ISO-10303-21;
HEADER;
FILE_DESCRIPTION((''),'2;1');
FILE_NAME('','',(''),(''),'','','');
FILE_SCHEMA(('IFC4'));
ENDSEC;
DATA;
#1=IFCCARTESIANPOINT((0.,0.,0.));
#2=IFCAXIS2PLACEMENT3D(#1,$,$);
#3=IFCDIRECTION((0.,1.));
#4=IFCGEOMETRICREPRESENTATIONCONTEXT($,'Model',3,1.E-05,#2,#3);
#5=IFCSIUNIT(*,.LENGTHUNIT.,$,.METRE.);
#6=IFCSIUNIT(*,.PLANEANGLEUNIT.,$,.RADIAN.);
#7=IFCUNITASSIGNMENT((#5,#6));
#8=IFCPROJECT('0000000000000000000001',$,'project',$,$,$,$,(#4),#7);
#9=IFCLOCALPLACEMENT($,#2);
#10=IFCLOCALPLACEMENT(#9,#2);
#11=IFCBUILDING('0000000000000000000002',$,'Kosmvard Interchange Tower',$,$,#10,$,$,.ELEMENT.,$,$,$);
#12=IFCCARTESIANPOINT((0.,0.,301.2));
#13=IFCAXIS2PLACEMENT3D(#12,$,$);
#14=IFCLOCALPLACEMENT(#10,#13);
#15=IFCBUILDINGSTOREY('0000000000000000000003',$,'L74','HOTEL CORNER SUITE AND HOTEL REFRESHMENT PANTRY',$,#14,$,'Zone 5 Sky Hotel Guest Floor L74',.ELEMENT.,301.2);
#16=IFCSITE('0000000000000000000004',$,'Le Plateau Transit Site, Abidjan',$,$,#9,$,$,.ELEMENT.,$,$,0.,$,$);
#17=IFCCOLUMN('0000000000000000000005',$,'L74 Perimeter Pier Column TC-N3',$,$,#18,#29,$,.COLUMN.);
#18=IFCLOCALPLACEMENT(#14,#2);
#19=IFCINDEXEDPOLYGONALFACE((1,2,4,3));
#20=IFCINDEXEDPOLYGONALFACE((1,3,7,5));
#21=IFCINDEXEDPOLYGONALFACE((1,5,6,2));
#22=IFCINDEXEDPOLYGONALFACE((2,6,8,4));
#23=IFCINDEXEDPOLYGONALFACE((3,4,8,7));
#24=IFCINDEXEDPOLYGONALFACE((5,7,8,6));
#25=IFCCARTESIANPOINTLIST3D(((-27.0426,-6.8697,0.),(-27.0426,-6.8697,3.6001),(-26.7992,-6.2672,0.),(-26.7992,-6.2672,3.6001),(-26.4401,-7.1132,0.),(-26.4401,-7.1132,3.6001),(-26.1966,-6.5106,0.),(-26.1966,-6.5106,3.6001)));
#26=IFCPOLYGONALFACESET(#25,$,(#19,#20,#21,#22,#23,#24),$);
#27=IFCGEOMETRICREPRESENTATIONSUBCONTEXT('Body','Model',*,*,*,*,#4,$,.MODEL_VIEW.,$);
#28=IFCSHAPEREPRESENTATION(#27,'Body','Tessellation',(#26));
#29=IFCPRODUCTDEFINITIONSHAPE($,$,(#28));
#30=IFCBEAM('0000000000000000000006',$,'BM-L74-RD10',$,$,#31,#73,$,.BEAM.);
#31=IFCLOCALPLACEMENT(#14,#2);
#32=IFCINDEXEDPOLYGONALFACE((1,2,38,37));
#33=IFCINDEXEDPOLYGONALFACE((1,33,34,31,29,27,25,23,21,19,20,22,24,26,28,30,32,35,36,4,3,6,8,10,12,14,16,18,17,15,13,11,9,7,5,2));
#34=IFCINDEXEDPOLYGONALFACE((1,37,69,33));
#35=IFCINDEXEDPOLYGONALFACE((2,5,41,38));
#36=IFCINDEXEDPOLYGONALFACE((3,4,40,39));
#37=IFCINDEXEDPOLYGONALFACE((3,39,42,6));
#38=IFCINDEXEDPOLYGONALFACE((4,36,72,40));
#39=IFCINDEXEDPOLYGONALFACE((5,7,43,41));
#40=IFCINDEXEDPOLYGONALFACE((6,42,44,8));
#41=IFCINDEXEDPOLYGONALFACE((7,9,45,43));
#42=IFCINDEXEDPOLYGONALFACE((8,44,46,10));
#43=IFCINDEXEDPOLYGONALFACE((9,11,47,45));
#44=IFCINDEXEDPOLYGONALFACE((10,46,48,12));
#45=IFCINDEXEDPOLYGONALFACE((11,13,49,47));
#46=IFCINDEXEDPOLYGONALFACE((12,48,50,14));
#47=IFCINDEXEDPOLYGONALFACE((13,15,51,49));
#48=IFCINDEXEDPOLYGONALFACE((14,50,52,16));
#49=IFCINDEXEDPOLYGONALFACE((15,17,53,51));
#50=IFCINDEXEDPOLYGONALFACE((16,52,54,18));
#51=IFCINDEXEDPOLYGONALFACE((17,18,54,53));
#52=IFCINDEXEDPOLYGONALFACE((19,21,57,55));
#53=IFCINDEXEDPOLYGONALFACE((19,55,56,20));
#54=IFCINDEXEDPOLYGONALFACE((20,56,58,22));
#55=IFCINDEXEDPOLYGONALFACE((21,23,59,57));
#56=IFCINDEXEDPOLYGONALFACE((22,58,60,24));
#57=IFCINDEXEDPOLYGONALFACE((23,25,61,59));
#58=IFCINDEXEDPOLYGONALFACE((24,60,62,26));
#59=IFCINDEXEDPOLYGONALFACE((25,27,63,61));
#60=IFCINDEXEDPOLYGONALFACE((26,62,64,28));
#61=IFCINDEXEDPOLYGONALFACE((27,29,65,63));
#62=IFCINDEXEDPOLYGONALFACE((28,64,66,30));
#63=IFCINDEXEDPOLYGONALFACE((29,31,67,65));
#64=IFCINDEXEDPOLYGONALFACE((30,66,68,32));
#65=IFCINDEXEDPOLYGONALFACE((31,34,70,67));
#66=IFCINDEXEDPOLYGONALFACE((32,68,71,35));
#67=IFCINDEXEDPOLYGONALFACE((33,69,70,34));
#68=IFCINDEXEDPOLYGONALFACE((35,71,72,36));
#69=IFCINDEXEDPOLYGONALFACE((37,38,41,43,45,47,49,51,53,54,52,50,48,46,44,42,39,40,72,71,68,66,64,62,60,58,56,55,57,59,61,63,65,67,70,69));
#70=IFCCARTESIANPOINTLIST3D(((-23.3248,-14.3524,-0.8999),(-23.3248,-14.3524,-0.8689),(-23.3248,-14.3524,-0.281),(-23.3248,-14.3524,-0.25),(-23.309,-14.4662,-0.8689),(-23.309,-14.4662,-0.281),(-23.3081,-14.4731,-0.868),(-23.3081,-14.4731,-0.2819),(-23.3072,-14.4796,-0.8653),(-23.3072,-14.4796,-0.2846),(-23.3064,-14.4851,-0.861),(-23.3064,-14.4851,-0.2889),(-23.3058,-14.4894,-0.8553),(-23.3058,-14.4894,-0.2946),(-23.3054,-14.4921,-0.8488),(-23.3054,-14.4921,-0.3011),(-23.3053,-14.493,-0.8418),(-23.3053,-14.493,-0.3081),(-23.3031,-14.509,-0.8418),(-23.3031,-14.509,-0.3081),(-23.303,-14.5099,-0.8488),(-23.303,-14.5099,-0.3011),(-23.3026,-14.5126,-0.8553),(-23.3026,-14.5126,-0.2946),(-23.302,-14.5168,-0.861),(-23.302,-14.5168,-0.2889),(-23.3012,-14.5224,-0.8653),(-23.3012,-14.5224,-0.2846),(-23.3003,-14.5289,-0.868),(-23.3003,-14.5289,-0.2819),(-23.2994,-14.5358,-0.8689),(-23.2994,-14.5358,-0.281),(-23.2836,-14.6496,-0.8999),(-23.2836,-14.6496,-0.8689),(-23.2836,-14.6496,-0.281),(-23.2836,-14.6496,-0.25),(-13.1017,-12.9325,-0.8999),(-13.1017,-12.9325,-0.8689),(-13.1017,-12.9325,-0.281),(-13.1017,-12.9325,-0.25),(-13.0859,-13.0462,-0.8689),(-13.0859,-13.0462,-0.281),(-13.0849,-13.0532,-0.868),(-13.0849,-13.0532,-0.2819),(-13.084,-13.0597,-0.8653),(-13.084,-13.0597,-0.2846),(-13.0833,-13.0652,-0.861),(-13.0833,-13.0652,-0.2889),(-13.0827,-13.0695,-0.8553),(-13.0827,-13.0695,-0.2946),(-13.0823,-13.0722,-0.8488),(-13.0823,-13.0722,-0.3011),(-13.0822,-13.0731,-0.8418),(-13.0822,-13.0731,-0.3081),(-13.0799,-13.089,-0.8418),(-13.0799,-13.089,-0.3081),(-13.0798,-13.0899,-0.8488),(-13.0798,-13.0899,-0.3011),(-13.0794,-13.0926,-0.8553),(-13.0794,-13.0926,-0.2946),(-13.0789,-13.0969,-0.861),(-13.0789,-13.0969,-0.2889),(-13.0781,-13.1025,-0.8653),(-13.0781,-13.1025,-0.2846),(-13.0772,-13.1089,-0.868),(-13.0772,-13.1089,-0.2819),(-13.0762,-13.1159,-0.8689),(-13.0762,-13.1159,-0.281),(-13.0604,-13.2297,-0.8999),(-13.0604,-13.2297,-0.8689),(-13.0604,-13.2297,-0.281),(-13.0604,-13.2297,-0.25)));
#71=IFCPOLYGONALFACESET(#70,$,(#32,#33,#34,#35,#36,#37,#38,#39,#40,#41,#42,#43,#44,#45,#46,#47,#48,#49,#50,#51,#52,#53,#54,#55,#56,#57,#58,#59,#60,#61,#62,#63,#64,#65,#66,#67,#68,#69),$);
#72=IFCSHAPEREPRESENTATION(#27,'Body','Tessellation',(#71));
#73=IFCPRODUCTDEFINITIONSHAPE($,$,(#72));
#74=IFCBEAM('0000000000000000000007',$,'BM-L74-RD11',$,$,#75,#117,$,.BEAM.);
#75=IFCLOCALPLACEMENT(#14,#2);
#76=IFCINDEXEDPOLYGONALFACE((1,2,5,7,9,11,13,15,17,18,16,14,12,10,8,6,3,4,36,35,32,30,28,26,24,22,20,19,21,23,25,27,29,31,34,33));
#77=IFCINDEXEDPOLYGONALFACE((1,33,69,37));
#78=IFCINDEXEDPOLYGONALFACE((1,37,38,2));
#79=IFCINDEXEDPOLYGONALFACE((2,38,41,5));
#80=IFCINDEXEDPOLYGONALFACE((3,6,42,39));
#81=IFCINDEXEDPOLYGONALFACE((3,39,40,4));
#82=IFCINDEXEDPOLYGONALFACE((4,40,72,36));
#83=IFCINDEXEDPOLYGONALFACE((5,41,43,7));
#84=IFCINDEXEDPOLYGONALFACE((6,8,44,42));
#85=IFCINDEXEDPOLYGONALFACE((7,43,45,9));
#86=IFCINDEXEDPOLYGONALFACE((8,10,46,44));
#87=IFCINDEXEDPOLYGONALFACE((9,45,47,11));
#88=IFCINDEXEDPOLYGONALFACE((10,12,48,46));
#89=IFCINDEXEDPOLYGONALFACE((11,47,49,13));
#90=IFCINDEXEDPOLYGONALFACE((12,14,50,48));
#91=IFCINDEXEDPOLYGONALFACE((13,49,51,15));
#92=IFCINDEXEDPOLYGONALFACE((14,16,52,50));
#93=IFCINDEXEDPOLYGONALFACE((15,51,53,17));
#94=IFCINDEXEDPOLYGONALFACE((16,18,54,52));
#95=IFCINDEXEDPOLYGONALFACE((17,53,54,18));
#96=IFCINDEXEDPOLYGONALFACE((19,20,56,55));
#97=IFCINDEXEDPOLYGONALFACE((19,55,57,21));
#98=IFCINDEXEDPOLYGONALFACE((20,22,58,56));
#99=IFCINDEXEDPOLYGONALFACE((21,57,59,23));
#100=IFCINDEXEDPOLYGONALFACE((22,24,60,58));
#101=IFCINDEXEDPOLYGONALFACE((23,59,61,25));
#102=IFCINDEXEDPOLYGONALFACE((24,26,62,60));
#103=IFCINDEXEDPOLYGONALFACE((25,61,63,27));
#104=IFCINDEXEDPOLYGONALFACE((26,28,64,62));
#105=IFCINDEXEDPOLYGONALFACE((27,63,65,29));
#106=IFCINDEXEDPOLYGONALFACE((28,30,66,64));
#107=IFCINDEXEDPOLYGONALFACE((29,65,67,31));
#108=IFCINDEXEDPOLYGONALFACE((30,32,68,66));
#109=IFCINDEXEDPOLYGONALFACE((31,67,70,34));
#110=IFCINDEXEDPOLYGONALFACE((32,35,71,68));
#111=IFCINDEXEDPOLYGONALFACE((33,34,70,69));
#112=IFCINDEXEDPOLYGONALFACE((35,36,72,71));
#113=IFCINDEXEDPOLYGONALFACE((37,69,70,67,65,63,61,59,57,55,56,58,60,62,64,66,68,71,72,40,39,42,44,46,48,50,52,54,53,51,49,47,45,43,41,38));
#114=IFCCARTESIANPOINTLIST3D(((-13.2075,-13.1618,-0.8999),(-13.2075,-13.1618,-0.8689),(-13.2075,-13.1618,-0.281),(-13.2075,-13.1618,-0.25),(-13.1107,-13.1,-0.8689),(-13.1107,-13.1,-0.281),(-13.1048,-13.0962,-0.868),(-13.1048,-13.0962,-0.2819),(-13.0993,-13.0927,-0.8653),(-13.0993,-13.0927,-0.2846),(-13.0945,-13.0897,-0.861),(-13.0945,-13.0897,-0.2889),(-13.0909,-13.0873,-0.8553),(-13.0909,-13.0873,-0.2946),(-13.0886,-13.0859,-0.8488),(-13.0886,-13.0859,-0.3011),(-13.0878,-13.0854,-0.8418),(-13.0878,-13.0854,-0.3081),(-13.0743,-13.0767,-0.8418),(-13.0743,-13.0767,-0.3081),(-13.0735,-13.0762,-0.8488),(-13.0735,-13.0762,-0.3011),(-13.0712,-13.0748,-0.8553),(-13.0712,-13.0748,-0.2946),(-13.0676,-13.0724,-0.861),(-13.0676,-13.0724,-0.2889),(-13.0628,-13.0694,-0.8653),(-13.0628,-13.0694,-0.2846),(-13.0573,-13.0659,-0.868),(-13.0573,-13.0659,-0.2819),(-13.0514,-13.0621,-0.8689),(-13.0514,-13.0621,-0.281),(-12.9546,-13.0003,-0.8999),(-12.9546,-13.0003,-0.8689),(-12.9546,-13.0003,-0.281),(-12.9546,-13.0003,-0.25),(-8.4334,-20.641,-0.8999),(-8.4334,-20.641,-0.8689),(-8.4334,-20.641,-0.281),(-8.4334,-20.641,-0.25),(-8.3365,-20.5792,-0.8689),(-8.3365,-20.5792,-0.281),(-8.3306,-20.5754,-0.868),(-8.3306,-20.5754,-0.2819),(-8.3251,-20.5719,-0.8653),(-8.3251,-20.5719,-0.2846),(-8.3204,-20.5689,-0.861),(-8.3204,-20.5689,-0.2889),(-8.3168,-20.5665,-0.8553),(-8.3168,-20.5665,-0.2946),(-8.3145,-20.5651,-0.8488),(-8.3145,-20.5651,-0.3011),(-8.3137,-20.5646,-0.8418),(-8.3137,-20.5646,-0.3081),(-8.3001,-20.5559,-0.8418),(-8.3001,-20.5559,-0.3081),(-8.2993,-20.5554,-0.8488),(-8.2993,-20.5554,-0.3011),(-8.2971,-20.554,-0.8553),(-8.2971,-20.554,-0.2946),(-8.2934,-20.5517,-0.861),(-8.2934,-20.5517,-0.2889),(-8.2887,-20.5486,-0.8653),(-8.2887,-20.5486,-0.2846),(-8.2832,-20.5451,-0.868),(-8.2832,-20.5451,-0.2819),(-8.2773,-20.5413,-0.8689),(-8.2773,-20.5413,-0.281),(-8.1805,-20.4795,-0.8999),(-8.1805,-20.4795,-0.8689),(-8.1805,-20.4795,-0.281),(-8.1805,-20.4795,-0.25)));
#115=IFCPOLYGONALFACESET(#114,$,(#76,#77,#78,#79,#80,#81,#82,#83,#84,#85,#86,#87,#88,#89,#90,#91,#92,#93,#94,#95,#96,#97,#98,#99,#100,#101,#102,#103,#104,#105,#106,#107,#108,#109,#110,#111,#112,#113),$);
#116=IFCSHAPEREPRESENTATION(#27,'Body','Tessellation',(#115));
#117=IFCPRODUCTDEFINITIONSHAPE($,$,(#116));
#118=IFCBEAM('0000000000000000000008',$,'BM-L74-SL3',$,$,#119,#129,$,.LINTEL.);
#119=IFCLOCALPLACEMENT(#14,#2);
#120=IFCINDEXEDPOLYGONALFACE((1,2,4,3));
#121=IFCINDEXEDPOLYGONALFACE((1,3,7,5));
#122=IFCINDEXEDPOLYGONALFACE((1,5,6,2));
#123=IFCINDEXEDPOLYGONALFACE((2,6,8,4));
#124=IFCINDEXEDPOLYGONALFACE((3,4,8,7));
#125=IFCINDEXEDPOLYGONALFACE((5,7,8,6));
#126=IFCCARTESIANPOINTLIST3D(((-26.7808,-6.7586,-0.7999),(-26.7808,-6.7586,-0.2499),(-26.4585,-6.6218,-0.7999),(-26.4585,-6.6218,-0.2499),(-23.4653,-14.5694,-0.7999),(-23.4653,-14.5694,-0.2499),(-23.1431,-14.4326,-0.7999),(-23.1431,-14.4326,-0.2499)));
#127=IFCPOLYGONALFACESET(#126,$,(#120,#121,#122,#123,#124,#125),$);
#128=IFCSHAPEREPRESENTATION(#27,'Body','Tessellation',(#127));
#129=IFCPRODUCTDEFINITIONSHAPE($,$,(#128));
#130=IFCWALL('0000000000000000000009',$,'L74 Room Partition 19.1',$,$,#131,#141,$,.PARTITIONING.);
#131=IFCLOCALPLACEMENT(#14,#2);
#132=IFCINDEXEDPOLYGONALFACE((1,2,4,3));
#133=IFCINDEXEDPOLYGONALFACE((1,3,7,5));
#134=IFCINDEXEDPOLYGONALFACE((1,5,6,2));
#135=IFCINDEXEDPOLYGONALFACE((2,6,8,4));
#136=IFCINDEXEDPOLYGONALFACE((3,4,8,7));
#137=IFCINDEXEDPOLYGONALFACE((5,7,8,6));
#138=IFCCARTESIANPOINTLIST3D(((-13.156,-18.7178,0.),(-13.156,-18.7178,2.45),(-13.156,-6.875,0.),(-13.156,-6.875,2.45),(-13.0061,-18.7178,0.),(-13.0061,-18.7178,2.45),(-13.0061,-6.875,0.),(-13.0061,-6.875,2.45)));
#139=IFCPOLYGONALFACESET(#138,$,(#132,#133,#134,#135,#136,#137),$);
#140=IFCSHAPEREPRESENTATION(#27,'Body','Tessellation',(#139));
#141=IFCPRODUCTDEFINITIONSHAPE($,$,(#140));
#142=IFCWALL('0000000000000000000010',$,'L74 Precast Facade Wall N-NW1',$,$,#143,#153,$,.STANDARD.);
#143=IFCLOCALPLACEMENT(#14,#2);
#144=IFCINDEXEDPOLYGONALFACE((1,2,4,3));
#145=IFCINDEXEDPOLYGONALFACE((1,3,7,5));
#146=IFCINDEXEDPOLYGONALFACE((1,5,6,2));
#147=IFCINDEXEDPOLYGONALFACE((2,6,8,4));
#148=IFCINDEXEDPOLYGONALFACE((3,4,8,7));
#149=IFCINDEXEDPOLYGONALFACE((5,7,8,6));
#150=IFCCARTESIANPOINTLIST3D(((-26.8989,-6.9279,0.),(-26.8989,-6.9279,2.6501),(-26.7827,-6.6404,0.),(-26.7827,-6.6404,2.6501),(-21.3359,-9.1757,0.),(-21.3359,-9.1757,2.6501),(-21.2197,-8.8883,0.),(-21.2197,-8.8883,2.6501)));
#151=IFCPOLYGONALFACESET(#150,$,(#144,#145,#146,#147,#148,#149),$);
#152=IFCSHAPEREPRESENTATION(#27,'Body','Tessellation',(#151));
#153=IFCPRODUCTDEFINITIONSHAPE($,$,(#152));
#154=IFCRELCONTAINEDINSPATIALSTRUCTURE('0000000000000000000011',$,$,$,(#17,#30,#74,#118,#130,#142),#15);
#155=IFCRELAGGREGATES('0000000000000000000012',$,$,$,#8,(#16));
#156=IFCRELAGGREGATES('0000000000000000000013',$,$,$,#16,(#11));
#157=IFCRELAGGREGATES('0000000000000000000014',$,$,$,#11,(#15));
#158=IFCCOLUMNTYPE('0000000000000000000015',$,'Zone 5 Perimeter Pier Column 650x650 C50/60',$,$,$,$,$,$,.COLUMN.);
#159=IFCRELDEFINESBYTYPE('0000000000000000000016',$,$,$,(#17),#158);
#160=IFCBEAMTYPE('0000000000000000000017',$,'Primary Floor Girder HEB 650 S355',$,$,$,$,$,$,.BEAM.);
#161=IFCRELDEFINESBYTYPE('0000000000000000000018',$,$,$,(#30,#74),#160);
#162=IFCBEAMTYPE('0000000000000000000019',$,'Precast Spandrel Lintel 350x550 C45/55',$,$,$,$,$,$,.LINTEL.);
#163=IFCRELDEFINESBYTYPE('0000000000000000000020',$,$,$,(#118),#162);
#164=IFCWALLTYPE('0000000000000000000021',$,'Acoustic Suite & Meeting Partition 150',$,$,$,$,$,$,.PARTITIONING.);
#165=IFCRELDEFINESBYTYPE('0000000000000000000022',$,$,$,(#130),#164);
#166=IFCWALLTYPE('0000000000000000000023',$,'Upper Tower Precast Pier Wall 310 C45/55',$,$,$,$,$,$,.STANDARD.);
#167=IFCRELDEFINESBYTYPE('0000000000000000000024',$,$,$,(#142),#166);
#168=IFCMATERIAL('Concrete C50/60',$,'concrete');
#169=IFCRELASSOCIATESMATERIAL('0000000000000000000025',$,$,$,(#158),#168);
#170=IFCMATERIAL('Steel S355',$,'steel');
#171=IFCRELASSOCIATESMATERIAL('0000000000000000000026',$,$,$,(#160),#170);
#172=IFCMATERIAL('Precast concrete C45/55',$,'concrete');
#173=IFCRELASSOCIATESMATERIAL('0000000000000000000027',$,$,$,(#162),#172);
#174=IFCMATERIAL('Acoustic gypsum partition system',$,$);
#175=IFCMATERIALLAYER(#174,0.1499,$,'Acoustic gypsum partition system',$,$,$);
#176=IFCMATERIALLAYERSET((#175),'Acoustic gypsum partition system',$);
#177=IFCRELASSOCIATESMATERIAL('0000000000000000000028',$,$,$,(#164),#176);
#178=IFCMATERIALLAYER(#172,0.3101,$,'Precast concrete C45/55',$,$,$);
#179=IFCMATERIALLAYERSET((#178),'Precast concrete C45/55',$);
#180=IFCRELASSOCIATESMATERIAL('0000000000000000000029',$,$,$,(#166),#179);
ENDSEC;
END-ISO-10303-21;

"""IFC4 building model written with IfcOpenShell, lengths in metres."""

from ifc_helpers import new_model, si_unit, direction, frame, frame_2d, origin, origin_2d, place, context, subcontext, project, spatial, rectangle, i_section, extrude, source, transform, mapped, material, layer, layer_set, material_profile, profile_set, type_object, element, save


model = new_model("IFC4")

# Units and contexts
model_context = context("Model", 3, precision=1e-05, world=origin(), true_north=direction((0.0, 1.0)))
body_context = subcontext(model_context, "Body", "Model", "MODEL_VIEW")
ifc_project = project(units=[si_unit("LENGTHUNIT", "METRE"), si_unit("PLANEANGLEUNIT", "RADIAN")], contexts=[model_context])

# Site, building, storey
site_placement = place(None, origin())
site = spatial("IfcSite", under=ifc_project, at=site_placement, Name="Le Plateau Transit Site, Abidjan", CompositionType="ELEMENT", RefElevation=0.0)
building_placement = place(site_placement, origin())
building = spatial("IfcBuilding", under=site, at=building_placement, Name="Kosmvard Interchange Tower", CompositionType="ELEMENT")
storey_placement = place(building_placement, frame((0.0, 0.0, 301.2)))
storey = spatial("IfcBuildingStorey", under=building, at=storey_placement, Name="L74", Description="HOTEL CORNER SUITE AND HOTEL REFRESHMENT PANTRY", LongName="Zone 5 Sky Hotel Guest Floor L74", CompositionType="ELEMENT", Elevation=301.2)

# Column
ifc_material_1 = material(Name="Concrete C50/60", Category="concrete")
ifc_material_profile_1 = material_profile(ifc_material_1, rectangle(XDim=0.6499, YDim=0.6499, at=origin_2d()), Name="TC 650x650")
ifc_profile_set_1 = profile_set([ifc_material_profile_1], Name="Concrete C50/60")
column_type = type_object("IfcColumnType", Name="Zone 5 Perimeter Pier Column 650x650 C50/60", PredefinedType="COLUMN", material=ifc_profile_set_1)
shared_shape_1 = source(origin(), body_context, "Body", "SweptSolid", [
    extrude(rectangle(XDim=0.6499, YDim=0.6499, at=origin_2d()), origin(), (0.0, 0.0, 1.0), 3.6001),
])
column_placement = place(storey_placement, frame((-26.6196, -6.6902, 0.0), z_axis=(0.0, 0.0, 1.0), x_axis=(0.374607, 0.927184, 0.0)))
element("IfcColumn", 1, at=column_placement, inside=storey, type_object=column_type, Name="L74 Perimeter Pier Column TC-N3", PredefinedType="COLUMN", context=body_context, shape_type="MappedRepresentation", body=[
    mapped(shared_shape_1, transform((0.0, 0.0, 0.0), scale=1.0)),
])

# Beams
ifc_material_2 = material(Name="Steel S355", Category="steel")
ifc_material_profile_2 = material_profile(ifc_material_2, i_section(OverallWidth=0.3, OverallDepth=0.6499, WebThickness=0.0161, FlangeThickness=0.031, FilletRadius=0.0271, at=origin_2d()), Name="HEB 650")
ifc_profile_set_2 = profile_set([ifc_material_profile_2], Name="Steel S355")
beam_type_1 = type_object("IfcBeamType", Name="Primary Floor Girder HEB 650 S355", PredefinedType="BEAM", material=ifc_profile_set_2)
shared_shape_2 = source(origin(), body_context, "Body", "SweptSolid", [
    extrude(i_section(OverallWidth=0.3, OverallDepth=0.6499, WebThickness=0.0161, FlangeThickness=0.031, FilletRadius=0.0271, at=origin_2d()), origin(), (0.0, 0.0, 1.0), 10.3213),
])
beam_1_placement = place(storey_placement, frame((-13.0811, -13.0811, -0.575), z_axis=(-0.990492, -0.137572, 0.0), x_axis=(0.137572, -0.990492, 0.0)))
element("IfcBeam", 2, at=beam_1_placement, inside=storey, type_object=beam_type_1, Name="BM-L74-RD10", PredefinedType="BEAM", context=body_context, shape_type="MappedRepresentation", body=[
    mapped(shared_shape_2, transform((0.0, 0.0, 0.0), scale=1.0)),
])
shared_shape_3 = source(origin(), body_context, "Body", "SweptSolid", [
    extrude(i_section(OverallWidth=0.3, OverallDepth=0.6499, WebThickness=0.0161, FlangeThickness=0.031, FilletRadius=0.0271, at=origin_2d()), origin(), (0.0, 0.0, 1.0), 8.873),
])
beam_2_placement = place(storey_placement, frame((-13.0811, -13.0811, -0.575), z_axis=(0.53805, -0.842913, 0.0), x_axis=(0.842913, 0.53805, 0.0)))
element("IfcBeam", 3, at=beam_2_placement, inside=storey, type_object=beam_type_1, Name="BM-L74-RD11", PredefinedType="BEAM", context=body_context, shape_type="MappedRepresentation", body=[
    mapped(shared_shape_3, transform((0.0, 0.0, 0.0), scale=1.0)),
])
ifc_material_3 = material(Name="Precast concrete C45/55", Category="concrete")
ifc_material_profile_3 = material_profile(ifc_material_3, rectangle(XDim=0.3501, YDim=0.55, at=origin_2d()), Name="SL 350x550")
ifc_profile_set_3 = profile_set([ifc_material_profile_3], Name="Precast concrete C45/55")
beam_type_2 = type_object("IfcBeamType", Name="Precast Spandrel Lintel 350x550 C45/55", PredefinedType="LINTEL", material=ifc_profile_set_3)
shared_shape_4 = source(origin(), body_context, "Body", "SweptSolid", [
    extrude(rectangle(XDim=0.3501, YDim=0.55, at=origin_2d()), origin(), (0.0, 0.0, 1.0), 8.4854),
])
beam_3_placement = place(storey_placement, frame((-26.6196, -6.6902, -0.5249), z_axis=(0.390726, -0.920507, 0.0), x_axis=(0.920507, 0.390726, 0.0)))
element("IfcBeam", 4, at=beam_3_placement, inside=storey, type_object=beam_type_2, Name="BM-L74-SL3", PredefinedType="LINTEL", context=body_context, shape_type="MappedRepresentation", body=[
    mapped(shared_shape_4, transform((0.0, 0.0, 0.0), scale=1.0)),
])

# Walls
ifc_material_4 = material(Name="Acoustic gypsum partition system")
ifc_layer_1 = layer(ifc_material_4, 0.1499, Name="Acoustic gypsum partition system")
ifc_layer_set_1 = layer_set([ifc_layer_1], Name="Acoustic gypsum partition system")
wall_type_1 = type_object("IfcWallType", Name="Acoustic Suite & Meeting Partition 150", PredefinedType="PARTITIONING", material=ifc_layer_set_1)
wall_1_placement = place(storey_placement, frame((-13.0811, -6.875, 0.0), z_axis=(0.0, 0.0, 1.0), x_axis=(0.0, -1.0, 0.0)))
element("IfcWall", 5, at=wall_1_placement, inside=storey, type_object=wall_type_1, Name="L74 Room Partition 19.1", PredefinedType="PARTITIONING", context=body_context, shape_type="SweptSolid", body=[
    extrude(rectangle(XDim=11.8428, YDim=0.1499, at=frame_2d((5.9214, 0.0))), origin(), (0.0, 0.0, 1.0), 2.45),
])
ifc_layer_2 = layer(ifc_material_3, 0.3101, Name="Precast concrete C45/55")
ifc_layer_set_2 = layer_set([ifc_layer_2], Name="Precast concrete C45/55")
wall_type_2 = type_object("IfcWallType", Name="Upper Tower Precast Pier Wall 310 C45/55", PredefinedType="STANDARD", material=ifc_layer_set_2)
wall_2_placement = place(storey_placement, frame((-26.8408, -6.7842, 0.0), z_axis=(0.0, 0.0, 1.0), x_axis=(0.927172, -0.374637, 0.0)))
element("IfcWall", 6, at=wall_2_placement, inside=storey, type_object=wall_type_2, Name="L74 Precast Facade Wall N-NW1", PredefinedType="STANDARD", context=body_context, shape_type="SweptSolid", body=[
    extrude(rectangle(XDim=6.0, YDim=0.3101, at=frame_2d((3.0, 0.0))), origin(), (0.0, 0.0, 1.0), 2.6501),
])

save(model, "model.ifc")
